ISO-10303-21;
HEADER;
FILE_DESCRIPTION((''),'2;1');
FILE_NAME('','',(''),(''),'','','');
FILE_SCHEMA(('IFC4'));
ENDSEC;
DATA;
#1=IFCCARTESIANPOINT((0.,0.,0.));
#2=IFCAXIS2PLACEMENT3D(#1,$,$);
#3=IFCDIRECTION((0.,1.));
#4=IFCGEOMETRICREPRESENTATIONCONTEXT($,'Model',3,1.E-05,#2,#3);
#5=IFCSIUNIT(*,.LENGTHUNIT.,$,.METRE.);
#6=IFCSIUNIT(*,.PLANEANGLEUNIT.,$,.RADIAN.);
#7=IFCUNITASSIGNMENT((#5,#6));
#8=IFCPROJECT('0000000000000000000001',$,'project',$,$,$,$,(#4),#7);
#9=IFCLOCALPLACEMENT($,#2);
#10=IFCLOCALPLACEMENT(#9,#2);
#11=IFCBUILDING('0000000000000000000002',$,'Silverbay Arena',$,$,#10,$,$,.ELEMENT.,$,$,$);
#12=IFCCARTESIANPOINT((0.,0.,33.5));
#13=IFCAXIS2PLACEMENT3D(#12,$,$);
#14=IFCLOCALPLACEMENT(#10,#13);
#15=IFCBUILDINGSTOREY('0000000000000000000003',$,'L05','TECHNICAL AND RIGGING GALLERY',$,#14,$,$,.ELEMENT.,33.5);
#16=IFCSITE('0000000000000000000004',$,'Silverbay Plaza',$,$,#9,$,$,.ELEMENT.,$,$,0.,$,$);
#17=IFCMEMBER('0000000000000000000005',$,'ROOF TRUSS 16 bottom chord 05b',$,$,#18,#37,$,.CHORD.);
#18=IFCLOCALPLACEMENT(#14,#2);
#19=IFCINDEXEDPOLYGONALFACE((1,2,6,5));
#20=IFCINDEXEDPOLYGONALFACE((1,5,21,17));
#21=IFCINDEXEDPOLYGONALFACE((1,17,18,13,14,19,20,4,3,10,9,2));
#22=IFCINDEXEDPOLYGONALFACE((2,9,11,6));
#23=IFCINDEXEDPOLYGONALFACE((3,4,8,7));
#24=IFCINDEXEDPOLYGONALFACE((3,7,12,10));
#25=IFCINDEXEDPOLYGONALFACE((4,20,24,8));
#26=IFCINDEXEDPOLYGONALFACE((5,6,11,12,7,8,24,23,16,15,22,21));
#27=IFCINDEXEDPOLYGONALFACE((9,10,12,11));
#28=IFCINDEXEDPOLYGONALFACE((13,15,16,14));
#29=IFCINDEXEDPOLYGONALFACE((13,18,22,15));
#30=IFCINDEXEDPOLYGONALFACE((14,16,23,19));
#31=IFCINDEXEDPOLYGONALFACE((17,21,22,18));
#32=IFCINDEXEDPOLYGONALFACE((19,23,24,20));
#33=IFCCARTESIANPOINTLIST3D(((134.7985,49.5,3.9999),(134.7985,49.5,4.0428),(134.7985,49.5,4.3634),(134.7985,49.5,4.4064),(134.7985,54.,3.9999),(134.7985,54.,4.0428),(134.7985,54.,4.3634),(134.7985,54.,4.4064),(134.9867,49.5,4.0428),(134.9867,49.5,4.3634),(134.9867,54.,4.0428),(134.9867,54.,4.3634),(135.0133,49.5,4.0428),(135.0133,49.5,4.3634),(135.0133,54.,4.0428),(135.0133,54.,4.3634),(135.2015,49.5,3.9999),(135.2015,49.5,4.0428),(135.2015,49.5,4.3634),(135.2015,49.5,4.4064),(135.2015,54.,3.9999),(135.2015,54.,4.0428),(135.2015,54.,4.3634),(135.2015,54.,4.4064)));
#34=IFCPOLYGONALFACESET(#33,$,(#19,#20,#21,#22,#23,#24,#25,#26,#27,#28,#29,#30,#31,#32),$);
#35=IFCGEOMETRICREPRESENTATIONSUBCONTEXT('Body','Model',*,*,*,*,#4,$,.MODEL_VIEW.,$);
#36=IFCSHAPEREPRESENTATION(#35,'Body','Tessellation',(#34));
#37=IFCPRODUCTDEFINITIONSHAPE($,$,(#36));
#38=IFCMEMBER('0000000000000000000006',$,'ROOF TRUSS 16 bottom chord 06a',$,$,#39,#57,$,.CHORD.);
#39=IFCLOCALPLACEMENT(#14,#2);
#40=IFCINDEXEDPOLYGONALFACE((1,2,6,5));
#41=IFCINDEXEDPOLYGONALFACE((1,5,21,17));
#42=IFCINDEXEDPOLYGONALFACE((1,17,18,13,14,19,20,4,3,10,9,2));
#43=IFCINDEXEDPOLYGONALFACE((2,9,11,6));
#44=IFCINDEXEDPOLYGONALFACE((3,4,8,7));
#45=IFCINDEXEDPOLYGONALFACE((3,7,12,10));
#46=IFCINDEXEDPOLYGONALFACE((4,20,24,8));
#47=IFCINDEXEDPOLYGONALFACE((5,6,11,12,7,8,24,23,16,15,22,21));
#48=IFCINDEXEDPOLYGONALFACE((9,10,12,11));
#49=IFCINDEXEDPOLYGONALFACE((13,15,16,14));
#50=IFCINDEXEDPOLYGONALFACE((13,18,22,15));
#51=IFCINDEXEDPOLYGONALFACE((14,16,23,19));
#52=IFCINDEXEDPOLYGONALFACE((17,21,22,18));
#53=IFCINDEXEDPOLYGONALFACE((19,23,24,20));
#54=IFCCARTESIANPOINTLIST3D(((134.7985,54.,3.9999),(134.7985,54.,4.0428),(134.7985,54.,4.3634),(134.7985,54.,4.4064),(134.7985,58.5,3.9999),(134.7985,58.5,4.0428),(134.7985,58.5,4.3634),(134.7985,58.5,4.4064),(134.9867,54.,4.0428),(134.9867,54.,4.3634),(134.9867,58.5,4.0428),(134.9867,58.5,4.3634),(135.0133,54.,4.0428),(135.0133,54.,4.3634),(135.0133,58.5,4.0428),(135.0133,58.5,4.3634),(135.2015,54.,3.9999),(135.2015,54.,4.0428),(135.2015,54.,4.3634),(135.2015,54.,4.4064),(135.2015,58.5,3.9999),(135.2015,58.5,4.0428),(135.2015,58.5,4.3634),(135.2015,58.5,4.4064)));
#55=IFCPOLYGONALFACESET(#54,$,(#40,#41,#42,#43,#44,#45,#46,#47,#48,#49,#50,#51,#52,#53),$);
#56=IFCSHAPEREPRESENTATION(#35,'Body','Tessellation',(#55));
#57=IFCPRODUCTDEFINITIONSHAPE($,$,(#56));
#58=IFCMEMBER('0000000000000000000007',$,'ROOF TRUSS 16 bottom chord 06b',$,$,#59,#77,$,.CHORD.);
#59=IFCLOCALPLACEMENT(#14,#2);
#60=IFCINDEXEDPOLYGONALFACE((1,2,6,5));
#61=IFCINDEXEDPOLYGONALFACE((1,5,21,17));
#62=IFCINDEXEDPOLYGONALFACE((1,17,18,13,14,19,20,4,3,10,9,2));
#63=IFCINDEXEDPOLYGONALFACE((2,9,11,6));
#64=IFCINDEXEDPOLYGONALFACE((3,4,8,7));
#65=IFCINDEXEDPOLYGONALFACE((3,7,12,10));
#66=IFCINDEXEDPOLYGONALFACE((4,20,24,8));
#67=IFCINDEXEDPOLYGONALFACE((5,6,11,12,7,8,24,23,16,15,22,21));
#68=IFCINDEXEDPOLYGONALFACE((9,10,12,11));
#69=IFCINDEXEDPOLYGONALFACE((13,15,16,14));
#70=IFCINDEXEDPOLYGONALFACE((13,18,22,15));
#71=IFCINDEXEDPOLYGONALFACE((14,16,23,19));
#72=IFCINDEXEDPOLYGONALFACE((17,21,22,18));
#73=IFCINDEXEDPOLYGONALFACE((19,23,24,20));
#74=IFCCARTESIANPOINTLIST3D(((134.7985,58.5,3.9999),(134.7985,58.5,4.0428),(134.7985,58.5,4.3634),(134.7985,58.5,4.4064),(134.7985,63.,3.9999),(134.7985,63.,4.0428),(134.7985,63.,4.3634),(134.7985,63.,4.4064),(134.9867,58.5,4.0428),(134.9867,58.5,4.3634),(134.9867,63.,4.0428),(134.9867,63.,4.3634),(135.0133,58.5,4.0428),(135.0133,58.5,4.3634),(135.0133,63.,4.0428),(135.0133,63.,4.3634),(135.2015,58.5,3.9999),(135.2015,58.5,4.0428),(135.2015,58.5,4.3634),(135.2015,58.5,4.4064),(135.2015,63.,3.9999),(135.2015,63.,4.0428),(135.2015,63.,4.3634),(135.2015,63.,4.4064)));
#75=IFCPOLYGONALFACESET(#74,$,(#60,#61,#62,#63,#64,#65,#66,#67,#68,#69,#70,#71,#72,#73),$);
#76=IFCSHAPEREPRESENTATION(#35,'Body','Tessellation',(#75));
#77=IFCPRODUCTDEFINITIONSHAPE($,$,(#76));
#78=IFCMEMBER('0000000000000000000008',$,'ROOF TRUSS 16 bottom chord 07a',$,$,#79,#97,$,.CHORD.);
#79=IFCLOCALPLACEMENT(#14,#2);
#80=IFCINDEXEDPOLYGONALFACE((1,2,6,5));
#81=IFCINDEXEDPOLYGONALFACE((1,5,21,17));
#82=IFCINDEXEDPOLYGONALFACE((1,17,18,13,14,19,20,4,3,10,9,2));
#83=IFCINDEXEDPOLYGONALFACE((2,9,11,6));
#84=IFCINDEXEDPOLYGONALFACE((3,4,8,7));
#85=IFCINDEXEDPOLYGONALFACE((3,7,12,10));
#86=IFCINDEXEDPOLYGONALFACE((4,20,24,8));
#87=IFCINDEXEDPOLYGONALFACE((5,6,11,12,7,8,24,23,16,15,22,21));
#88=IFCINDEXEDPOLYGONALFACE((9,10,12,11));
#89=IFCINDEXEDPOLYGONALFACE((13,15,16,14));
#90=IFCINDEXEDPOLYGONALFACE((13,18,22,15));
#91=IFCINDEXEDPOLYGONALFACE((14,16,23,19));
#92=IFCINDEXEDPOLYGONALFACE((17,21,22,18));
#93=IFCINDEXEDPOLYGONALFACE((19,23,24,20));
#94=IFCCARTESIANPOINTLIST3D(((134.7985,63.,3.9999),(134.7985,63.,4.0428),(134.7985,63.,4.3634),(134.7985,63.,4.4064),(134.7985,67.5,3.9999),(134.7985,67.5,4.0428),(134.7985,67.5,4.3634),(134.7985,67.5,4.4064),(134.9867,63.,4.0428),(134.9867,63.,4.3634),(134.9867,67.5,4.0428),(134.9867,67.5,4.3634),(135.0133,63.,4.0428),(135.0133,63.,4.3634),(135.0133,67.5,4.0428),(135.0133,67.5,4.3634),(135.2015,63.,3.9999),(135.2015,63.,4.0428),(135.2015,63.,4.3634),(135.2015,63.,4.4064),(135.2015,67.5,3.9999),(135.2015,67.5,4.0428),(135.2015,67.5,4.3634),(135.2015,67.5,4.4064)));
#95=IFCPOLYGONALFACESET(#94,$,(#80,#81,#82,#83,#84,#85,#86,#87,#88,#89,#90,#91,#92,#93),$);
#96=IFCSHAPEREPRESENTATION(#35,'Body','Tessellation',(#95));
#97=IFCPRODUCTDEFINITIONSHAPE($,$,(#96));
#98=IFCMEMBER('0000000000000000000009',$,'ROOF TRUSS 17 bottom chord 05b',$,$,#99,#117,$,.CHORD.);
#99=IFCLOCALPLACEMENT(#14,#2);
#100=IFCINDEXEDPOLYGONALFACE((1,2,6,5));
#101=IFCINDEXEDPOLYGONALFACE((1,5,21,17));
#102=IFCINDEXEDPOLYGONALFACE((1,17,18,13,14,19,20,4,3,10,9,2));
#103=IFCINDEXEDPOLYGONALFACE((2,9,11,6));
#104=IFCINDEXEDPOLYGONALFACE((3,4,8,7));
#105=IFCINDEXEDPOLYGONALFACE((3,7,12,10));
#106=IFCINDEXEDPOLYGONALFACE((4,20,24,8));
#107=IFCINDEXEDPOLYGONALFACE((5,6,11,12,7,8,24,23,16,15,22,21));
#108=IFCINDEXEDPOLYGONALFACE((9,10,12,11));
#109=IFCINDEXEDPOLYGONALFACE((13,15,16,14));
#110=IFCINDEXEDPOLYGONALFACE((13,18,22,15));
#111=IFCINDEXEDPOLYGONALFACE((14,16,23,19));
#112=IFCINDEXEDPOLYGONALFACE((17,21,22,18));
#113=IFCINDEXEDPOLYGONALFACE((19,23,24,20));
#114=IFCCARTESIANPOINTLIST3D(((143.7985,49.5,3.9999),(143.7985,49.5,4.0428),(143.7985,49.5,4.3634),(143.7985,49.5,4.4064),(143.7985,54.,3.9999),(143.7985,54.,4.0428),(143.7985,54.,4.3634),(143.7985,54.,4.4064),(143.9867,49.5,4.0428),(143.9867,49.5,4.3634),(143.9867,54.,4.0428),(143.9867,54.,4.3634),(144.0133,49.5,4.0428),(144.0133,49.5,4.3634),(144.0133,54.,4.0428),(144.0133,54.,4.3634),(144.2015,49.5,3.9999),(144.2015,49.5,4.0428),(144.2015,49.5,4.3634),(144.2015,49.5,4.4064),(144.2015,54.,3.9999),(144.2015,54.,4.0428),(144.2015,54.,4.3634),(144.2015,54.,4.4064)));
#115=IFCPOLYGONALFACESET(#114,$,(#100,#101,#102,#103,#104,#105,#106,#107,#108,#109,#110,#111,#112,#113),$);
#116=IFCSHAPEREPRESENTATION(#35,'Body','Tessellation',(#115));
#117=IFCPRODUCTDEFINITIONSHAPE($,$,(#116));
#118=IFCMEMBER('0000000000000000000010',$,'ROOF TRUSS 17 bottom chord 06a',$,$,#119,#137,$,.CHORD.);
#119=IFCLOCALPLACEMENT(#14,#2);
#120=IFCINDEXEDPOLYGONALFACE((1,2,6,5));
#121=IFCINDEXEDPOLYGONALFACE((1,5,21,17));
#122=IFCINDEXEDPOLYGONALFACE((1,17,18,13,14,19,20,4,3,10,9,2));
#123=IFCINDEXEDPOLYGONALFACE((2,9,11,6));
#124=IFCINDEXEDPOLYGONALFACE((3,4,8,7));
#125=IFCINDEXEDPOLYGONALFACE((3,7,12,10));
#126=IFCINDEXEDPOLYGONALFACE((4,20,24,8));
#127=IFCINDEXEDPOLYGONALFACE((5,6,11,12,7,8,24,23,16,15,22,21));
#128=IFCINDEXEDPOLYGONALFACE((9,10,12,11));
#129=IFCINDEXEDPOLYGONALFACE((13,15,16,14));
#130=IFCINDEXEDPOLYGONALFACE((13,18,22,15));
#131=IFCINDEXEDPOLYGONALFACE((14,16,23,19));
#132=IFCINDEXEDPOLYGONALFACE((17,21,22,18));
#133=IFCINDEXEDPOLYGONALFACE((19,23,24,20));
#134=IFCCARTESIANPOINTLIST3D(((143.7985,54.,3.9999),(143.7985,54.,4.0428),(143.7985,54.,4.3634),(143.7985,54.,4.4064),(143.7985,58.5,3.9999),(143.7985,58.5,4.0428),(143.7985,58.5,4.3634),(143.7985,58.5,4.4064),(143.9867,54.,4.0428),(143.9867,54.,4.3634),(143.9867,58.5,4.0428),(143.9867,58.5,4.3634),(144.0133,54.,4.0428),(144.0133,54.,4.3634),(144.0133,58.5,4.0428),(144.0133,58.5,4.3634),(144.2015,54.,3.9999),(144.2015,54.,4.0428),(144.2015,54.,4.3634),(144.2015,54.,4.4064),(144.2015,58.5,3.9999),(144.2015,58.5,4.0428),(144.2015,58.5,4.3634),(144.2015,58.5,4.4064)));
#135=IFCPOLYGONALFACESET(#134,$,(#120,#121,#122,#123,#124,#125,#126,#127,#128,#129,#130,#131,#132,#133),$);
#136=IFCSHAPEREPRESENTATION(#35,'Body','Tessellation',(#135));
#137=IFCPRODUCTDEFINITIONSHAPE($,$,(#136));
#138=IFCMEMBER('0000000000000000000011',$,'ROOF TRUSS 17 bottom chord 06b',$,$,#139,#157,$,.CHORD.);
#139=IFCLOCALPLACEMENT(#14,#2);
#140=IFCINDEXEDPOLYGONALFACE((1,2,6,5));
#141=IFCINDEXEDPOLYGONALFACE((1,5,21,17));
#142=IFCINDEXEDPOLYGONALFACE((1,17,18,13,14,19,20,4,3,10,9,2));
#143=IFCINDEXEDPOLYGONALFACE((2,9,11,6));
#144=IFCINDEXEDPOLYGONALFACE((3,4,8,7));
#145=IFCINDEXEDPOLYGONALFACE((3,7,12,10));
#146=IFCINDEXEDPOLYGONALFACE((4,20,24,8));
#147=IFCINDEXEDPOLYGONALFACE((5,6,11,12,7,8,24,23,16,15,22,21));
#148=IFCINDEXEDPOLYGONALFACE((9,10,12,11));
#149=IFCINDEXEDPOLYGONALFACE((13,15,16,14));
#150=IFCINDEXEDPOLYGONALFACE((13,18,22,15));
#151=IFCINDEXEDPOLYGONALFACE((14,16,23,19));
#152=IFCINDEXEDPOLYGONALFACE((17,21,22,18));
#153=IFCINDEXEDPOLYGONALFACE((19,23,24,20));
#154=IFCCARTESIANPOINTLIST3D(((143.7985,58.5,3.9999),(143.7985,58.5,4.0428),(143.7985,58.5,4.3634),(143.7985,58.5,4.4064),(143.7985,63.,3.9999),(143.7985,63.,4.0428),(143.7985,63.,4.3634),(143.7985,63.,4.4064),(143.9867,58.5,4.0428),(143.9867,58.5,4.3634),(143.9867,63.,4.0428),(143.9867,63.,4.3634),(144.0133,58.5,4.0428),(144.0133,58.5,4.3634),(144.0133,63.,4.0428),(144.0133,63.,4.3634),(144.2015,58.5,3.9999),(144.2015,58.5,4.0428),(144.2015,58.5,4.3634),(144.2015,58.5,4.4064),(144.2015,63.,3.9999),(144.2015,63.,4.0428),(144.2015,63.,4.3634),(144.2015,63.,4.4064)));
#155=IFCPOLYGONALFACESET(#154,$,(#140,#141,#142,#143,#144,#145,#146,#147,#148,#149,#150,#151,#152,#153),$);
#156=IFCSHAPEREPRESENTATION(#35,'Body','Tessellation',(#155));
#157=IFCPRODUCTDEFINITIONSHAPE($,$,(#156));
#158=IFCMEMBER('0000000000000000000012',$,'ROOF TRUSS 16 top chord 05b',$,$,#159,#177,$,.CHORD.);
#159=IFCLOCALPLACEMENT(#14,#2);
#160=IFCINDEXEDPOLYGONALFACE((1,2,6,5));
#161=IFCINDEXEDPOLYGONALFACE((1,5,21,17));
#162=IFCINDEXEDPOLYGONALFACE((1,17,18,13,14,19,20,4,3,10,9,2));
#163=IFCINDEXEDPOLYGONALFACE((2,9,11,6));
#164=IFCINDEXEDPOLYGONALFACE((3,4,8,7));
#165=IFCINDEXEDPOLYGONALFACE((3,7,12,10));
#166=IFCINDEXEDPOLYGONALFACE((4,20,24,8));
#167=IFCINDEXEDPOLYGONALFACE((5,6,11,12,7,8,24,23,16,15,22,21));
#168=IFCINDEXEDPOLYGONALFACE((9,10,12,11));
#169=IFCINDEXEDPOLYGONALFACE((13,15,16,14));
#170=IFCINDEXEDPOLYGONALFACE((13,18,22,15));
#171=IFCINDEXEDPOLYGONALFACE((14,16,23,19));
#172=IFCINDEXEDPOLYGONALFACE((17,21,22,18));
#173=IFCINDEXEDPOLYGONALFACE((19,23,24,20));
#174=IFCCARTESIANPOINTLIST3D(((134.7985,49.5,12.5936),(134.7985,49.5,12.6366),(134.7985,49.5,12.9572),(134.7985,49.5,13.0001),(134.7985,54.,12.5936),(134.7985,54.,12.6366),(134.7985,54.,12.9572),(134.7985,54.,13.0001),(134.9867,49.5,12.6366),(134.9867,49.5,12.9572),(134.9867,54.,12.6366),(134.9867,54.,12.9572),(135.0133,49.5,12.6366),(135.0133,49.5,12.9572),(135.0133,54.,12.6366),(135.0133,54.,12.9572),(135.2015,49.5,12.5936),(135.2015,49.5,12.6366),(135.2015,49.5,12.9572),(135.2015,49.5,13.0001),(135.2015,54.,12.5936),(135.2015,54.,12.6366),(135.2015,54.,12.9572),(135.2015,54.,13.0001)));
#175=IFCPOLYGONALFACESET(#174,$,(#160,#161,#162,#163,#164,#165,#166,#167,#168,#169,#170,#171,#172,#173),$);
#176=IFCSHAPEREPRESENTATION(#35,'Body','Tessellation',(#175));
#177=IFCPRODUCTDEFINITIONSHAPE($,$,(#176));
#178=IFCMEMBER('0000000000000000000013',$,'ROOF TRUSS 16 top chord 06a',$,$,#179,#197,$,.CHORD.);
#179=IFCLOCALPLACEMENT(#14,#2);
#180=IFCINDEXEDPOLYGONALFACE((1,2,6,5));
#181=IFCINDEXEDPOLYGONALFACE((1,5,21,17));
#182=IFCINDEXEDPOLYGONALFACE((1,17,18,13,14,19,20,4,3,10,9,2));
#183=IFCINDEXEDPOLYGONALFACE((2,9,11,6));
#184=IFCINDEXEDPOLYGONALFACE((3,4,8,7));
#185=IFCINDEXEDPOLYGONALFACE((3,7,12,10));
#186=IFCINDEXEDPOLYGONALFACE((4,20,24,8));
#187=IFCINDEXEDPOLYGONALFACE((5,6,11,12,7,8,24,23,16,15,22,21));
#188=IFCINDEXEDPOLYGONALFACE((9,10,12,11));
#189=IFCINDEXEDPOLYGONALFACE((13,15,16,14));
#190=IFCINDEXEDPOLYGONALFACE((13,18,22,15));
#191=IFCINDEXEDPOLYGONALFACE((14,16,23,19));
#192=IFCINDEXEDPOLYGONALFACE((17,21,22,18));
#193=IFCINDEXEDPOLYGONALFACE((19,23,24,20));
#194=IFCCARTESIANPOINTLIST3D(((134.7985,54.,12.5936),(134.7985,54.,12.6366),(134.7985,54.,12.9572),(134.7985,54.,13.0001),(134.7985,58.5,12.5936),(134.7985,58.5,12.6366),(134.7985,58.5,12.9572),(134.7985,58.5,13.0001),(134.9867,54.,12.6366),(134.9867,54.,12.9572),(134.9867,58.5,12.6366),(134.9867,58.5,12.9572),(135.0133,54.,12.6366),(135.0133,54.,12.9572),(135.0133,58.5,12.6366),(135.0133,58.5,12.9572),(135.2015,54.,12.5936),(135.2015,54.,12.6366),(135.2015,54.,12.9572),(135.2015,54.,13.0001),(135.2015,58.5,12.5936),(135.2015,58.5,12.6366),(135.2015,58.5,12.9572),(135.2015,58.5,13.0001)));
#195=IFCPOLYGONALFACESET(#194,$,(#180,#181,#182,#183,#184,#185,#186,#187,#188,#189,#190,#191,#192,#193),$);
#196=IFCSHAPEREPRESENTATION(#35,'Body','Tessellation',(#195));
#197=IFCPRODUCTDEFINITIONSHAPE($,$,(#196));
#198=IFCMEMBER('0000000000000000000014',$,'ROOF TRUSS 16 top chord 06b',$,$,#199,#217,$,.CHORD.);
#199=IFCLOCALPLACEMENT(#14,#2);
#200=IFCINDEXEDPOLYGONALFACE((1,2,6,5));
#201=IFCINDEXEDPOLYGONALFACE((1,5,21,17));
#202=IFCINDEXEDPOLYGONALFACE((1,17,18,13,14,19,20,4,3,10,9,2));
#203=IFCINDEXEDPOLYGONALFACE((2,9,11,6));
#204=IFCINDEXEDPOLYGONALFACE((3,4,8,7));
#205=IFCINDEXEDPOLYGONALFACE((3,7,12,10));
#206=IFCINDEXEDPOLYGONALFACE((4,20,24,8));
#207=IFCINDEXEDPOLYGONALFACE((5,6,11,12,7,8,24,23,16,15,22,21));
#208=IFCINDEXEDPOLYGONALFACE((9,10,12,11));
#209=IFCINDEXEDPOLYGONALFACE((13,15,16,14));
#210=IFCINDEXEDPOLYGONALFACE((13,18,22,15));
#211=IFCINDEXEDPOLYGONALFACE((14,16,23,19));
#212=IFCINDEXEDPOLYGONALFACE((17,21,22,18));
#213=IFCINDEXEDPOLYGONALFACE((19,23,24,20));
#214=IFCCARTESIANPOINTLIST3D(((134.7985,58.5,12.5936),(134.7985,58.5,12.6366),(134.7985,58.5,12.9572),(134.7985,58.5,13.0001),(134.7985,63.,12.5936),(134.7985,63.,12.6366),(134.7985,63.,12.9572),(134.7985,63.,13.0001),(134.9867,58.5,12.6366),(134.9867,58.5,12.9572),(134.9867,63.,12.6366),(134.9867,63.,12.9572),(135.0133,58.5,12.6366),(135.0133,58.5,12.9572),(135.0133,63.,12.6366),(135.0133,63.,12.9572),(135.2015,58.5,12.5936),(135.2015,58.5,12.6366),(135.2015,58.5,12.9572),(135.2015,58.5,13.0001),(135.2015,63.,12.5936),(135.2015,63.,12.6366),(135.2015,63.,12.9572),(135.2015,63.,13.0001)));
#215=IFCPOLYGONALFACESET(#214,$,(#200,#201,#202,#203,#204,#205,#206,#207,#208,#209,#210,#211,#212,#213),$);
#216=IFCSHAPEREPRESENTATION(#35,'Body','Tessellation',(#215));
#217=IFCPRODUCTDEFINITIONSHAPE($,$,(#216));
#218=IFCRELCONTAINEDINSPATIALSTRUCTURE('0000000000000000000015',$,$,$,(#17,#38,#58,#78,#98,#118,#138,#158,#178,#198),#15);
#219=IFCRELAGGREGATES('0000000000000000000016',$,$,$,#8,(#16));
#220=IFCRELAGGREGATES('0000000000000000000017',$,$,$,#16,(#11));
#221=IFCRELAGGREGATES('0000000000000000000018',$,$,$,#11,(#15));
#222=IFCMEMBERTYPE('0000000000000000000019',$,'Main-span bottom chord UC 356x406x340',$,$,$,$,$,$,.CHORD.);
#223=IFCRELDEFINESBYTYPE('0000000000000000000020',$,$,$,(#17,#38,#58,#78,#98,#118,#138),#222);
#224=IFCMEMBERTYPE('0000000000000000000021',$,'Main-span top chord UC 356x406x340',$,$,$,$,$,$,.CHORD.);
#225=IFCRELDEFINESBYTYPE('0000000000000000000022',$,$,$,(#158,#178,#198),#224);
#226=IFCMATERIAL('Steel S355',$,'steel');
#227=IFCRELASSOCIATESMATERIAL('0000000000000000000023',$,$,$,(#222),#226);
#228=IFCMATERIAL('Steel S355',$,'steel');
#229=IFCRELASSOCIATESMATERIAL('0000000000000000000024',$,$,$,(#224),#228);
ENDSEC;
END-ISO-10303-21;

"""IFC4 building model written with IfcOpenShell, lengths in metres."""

from ifc_helpers import new_model, si_unit, direction, frame, origin, origin_2d, place, context, subcontext, project, spatial, i_section, extrude, material, material_profile, profile_set, type_object, element, save


model = new_model("IFC4")

# Units and contexts
model_context = context("Model", 3, precision=1e-05, world=origin(), true_north=direction((0.0, 1.0)))
body_context = subcontext(model_context, "Body", "Model", "MODEL_VIEW")
ifc_project = project(units=[si_unit("LENGTHUNIT", "METRE"), si_unit("PLANEANGLEUNIT", "RADIAN")], contexts=[model_context])

# Site, building, storey
site_placement = place(None, origin())
site = spatial("IfcSite", under=ifc_project, at=site_placement, Name="Silverbay Plaza", CompositionType="ELEMENT", RefElevation=0.0)
building_placement = place(site_placement, origin())
building = spatial("IfcBuilding", under=site, at=building_placement, Name="Silverbay Arena", CompositionType="ELEMENT")
storey_placement = place(building_placement, frame((0.0, 0.0, 33.5)))
storey = spatial("IfcBuildingStorey", under=building, at=storey_placement, Name="L05", Description="TECHNICAL AND RIGGING GALLERY", CompositionType="ELEMENT", Elevation=33.5)

# Members
ifc_material_1 = material(Name="Steel S355", Category="steel")
ifc_material_profile_1 = material_profile(ifc_material_1, i_section(OverallWidth=0.4031, OverallDepth=0.4065, WebThickness=0.0266, FlangeThickness=0.043, at=origin_2d()), Name="UC 356x406x340")
ifc_profile_set_1 = profile_set([ifc_material_profile_1], Name="Steel S355")
member_type_1 = type_object("IfcMemberType", Name="Main-span bottom chord UC 356x406x340", PredefinedType="CHORD", material=ifc_profile_set_1)
for number, where, z_axis, x_axis, name in (
    (1, (135.0, 49.5, 4.2031), (0.0, 1.0, 0.0), (-1.0, 0.0, 0.0), "ROOF TRUSS 16 bottom chord 05b"),
    (2, (135.0, 54.0, 4.2031), (0.0, 1.0, 0.0), (-1.0, 0.0, 0.0), "ROOF TRUSS 16 bottom chord 06a"),
    (3, (135.0, 58.5, 4.2031), (0.0, 1.0, 0.0), (-1.0, 0.0, 0.0), "ROOF TRUSS 16 bottom chord 06b"),
    (4, (135.0, 63.0, 4.2031), (0.0, 1.0, 0.0), (-1.0, 0.0, 0.0), "ROOF TRUSS 16 bottom chord 07a"),
    (5, (144.0, 49.5, 4.2031), (0.0, 1.0, 0.0), (-1.0, 0.0, 0.0), "ROOF TRUSS 17 bottom chord 05b"),
    (6, (144.0, 54.0, 4.2031), (0.0, 1.0, 0.0), (-1.0, 0.0, 0.0), "ROOF TRUSS 17 bottom chord 06a"),
    (7, (144.0, 58.5, 4.2031), (0.0, 1.0, 0.0), (-1.0, 0.0, 0.0), "ROOF TRUSS 17 bottom chord 06b"),
):
    element("IfcMember", number, at=place(storey_placement, frame(where, z_axis=z_axis, x_axis=x_axis)), inside=storey, type_object=member_type_1, Name=name, PredefinedType="CHORD", context=body_context, shape_type="SweptSolid", body=[
        extrude(i_section(OverallWidth=0.4031, OverallDepth=0.4065, WebThickness=0.0266, FlangeThickness=0.043, at=origin_2d()), origin(), (0.0, 0.0, 1.0), 4.5),
    ])
ifc_material_2 = material(Name="Steel S355", Category="steel")
ifc_material_profile_2 = material_profile(ifc_material_2, i_section(OverallWidth=0.4031, OverallDepth=0.4065, WebThickness=0.0266, FlangeThickness=0.043, at=origin_2d()), Name="UC 356x406x340")
ifc_profile_set_2 = profile_set([ifc_material_profile_2], Name="Steel S355")
member_type_2 = type_object("IfcMemberType", Name="Main-span top chord UC 356x406x340", PredefinedType="CHORD", material=ifc_profile_set_2)
for number, where, z_axis, x_axis, name in (
    (8, (135.0, 49.5, 12.7969), (0.0, 1.0, 0.0), (-1.0, 0.0, 0.0), "ROOF TRUSS 16 top chord 05b"),
    (9, (135.0, 54.0, 12.7969), (0.0, 1.0, 0.0), (-1.0, 0.0, 0.0), "ROOF TRUSS 16 top chord 06a"),
    (10, (135.0, 58.5, 12.7969), (0.0, 1.0, 0.0), (-1.0, 0.0, 0.0), "ROOF TRUSS 16 top chord 06b"),
):
    element("IfcMember", number, at=place(storey_placement, frame(where, z_axis=z_axis, x_axis=x_axis)), inside=storey, type_object=member_type_2, Name=name, PredefinedType="CHORD", context=body_context, shape_type="SweptSolid", body=[
        extrude(i_section(OverallWidth=0.4031, OverallDepth=0.4065, WebThickness=0.0266, FlangeThickness=0.043, at=origin_2d()), origin(), (0.0, 0.0, 1.0), 4.5),
    ])

save(model, "model.ifc")
